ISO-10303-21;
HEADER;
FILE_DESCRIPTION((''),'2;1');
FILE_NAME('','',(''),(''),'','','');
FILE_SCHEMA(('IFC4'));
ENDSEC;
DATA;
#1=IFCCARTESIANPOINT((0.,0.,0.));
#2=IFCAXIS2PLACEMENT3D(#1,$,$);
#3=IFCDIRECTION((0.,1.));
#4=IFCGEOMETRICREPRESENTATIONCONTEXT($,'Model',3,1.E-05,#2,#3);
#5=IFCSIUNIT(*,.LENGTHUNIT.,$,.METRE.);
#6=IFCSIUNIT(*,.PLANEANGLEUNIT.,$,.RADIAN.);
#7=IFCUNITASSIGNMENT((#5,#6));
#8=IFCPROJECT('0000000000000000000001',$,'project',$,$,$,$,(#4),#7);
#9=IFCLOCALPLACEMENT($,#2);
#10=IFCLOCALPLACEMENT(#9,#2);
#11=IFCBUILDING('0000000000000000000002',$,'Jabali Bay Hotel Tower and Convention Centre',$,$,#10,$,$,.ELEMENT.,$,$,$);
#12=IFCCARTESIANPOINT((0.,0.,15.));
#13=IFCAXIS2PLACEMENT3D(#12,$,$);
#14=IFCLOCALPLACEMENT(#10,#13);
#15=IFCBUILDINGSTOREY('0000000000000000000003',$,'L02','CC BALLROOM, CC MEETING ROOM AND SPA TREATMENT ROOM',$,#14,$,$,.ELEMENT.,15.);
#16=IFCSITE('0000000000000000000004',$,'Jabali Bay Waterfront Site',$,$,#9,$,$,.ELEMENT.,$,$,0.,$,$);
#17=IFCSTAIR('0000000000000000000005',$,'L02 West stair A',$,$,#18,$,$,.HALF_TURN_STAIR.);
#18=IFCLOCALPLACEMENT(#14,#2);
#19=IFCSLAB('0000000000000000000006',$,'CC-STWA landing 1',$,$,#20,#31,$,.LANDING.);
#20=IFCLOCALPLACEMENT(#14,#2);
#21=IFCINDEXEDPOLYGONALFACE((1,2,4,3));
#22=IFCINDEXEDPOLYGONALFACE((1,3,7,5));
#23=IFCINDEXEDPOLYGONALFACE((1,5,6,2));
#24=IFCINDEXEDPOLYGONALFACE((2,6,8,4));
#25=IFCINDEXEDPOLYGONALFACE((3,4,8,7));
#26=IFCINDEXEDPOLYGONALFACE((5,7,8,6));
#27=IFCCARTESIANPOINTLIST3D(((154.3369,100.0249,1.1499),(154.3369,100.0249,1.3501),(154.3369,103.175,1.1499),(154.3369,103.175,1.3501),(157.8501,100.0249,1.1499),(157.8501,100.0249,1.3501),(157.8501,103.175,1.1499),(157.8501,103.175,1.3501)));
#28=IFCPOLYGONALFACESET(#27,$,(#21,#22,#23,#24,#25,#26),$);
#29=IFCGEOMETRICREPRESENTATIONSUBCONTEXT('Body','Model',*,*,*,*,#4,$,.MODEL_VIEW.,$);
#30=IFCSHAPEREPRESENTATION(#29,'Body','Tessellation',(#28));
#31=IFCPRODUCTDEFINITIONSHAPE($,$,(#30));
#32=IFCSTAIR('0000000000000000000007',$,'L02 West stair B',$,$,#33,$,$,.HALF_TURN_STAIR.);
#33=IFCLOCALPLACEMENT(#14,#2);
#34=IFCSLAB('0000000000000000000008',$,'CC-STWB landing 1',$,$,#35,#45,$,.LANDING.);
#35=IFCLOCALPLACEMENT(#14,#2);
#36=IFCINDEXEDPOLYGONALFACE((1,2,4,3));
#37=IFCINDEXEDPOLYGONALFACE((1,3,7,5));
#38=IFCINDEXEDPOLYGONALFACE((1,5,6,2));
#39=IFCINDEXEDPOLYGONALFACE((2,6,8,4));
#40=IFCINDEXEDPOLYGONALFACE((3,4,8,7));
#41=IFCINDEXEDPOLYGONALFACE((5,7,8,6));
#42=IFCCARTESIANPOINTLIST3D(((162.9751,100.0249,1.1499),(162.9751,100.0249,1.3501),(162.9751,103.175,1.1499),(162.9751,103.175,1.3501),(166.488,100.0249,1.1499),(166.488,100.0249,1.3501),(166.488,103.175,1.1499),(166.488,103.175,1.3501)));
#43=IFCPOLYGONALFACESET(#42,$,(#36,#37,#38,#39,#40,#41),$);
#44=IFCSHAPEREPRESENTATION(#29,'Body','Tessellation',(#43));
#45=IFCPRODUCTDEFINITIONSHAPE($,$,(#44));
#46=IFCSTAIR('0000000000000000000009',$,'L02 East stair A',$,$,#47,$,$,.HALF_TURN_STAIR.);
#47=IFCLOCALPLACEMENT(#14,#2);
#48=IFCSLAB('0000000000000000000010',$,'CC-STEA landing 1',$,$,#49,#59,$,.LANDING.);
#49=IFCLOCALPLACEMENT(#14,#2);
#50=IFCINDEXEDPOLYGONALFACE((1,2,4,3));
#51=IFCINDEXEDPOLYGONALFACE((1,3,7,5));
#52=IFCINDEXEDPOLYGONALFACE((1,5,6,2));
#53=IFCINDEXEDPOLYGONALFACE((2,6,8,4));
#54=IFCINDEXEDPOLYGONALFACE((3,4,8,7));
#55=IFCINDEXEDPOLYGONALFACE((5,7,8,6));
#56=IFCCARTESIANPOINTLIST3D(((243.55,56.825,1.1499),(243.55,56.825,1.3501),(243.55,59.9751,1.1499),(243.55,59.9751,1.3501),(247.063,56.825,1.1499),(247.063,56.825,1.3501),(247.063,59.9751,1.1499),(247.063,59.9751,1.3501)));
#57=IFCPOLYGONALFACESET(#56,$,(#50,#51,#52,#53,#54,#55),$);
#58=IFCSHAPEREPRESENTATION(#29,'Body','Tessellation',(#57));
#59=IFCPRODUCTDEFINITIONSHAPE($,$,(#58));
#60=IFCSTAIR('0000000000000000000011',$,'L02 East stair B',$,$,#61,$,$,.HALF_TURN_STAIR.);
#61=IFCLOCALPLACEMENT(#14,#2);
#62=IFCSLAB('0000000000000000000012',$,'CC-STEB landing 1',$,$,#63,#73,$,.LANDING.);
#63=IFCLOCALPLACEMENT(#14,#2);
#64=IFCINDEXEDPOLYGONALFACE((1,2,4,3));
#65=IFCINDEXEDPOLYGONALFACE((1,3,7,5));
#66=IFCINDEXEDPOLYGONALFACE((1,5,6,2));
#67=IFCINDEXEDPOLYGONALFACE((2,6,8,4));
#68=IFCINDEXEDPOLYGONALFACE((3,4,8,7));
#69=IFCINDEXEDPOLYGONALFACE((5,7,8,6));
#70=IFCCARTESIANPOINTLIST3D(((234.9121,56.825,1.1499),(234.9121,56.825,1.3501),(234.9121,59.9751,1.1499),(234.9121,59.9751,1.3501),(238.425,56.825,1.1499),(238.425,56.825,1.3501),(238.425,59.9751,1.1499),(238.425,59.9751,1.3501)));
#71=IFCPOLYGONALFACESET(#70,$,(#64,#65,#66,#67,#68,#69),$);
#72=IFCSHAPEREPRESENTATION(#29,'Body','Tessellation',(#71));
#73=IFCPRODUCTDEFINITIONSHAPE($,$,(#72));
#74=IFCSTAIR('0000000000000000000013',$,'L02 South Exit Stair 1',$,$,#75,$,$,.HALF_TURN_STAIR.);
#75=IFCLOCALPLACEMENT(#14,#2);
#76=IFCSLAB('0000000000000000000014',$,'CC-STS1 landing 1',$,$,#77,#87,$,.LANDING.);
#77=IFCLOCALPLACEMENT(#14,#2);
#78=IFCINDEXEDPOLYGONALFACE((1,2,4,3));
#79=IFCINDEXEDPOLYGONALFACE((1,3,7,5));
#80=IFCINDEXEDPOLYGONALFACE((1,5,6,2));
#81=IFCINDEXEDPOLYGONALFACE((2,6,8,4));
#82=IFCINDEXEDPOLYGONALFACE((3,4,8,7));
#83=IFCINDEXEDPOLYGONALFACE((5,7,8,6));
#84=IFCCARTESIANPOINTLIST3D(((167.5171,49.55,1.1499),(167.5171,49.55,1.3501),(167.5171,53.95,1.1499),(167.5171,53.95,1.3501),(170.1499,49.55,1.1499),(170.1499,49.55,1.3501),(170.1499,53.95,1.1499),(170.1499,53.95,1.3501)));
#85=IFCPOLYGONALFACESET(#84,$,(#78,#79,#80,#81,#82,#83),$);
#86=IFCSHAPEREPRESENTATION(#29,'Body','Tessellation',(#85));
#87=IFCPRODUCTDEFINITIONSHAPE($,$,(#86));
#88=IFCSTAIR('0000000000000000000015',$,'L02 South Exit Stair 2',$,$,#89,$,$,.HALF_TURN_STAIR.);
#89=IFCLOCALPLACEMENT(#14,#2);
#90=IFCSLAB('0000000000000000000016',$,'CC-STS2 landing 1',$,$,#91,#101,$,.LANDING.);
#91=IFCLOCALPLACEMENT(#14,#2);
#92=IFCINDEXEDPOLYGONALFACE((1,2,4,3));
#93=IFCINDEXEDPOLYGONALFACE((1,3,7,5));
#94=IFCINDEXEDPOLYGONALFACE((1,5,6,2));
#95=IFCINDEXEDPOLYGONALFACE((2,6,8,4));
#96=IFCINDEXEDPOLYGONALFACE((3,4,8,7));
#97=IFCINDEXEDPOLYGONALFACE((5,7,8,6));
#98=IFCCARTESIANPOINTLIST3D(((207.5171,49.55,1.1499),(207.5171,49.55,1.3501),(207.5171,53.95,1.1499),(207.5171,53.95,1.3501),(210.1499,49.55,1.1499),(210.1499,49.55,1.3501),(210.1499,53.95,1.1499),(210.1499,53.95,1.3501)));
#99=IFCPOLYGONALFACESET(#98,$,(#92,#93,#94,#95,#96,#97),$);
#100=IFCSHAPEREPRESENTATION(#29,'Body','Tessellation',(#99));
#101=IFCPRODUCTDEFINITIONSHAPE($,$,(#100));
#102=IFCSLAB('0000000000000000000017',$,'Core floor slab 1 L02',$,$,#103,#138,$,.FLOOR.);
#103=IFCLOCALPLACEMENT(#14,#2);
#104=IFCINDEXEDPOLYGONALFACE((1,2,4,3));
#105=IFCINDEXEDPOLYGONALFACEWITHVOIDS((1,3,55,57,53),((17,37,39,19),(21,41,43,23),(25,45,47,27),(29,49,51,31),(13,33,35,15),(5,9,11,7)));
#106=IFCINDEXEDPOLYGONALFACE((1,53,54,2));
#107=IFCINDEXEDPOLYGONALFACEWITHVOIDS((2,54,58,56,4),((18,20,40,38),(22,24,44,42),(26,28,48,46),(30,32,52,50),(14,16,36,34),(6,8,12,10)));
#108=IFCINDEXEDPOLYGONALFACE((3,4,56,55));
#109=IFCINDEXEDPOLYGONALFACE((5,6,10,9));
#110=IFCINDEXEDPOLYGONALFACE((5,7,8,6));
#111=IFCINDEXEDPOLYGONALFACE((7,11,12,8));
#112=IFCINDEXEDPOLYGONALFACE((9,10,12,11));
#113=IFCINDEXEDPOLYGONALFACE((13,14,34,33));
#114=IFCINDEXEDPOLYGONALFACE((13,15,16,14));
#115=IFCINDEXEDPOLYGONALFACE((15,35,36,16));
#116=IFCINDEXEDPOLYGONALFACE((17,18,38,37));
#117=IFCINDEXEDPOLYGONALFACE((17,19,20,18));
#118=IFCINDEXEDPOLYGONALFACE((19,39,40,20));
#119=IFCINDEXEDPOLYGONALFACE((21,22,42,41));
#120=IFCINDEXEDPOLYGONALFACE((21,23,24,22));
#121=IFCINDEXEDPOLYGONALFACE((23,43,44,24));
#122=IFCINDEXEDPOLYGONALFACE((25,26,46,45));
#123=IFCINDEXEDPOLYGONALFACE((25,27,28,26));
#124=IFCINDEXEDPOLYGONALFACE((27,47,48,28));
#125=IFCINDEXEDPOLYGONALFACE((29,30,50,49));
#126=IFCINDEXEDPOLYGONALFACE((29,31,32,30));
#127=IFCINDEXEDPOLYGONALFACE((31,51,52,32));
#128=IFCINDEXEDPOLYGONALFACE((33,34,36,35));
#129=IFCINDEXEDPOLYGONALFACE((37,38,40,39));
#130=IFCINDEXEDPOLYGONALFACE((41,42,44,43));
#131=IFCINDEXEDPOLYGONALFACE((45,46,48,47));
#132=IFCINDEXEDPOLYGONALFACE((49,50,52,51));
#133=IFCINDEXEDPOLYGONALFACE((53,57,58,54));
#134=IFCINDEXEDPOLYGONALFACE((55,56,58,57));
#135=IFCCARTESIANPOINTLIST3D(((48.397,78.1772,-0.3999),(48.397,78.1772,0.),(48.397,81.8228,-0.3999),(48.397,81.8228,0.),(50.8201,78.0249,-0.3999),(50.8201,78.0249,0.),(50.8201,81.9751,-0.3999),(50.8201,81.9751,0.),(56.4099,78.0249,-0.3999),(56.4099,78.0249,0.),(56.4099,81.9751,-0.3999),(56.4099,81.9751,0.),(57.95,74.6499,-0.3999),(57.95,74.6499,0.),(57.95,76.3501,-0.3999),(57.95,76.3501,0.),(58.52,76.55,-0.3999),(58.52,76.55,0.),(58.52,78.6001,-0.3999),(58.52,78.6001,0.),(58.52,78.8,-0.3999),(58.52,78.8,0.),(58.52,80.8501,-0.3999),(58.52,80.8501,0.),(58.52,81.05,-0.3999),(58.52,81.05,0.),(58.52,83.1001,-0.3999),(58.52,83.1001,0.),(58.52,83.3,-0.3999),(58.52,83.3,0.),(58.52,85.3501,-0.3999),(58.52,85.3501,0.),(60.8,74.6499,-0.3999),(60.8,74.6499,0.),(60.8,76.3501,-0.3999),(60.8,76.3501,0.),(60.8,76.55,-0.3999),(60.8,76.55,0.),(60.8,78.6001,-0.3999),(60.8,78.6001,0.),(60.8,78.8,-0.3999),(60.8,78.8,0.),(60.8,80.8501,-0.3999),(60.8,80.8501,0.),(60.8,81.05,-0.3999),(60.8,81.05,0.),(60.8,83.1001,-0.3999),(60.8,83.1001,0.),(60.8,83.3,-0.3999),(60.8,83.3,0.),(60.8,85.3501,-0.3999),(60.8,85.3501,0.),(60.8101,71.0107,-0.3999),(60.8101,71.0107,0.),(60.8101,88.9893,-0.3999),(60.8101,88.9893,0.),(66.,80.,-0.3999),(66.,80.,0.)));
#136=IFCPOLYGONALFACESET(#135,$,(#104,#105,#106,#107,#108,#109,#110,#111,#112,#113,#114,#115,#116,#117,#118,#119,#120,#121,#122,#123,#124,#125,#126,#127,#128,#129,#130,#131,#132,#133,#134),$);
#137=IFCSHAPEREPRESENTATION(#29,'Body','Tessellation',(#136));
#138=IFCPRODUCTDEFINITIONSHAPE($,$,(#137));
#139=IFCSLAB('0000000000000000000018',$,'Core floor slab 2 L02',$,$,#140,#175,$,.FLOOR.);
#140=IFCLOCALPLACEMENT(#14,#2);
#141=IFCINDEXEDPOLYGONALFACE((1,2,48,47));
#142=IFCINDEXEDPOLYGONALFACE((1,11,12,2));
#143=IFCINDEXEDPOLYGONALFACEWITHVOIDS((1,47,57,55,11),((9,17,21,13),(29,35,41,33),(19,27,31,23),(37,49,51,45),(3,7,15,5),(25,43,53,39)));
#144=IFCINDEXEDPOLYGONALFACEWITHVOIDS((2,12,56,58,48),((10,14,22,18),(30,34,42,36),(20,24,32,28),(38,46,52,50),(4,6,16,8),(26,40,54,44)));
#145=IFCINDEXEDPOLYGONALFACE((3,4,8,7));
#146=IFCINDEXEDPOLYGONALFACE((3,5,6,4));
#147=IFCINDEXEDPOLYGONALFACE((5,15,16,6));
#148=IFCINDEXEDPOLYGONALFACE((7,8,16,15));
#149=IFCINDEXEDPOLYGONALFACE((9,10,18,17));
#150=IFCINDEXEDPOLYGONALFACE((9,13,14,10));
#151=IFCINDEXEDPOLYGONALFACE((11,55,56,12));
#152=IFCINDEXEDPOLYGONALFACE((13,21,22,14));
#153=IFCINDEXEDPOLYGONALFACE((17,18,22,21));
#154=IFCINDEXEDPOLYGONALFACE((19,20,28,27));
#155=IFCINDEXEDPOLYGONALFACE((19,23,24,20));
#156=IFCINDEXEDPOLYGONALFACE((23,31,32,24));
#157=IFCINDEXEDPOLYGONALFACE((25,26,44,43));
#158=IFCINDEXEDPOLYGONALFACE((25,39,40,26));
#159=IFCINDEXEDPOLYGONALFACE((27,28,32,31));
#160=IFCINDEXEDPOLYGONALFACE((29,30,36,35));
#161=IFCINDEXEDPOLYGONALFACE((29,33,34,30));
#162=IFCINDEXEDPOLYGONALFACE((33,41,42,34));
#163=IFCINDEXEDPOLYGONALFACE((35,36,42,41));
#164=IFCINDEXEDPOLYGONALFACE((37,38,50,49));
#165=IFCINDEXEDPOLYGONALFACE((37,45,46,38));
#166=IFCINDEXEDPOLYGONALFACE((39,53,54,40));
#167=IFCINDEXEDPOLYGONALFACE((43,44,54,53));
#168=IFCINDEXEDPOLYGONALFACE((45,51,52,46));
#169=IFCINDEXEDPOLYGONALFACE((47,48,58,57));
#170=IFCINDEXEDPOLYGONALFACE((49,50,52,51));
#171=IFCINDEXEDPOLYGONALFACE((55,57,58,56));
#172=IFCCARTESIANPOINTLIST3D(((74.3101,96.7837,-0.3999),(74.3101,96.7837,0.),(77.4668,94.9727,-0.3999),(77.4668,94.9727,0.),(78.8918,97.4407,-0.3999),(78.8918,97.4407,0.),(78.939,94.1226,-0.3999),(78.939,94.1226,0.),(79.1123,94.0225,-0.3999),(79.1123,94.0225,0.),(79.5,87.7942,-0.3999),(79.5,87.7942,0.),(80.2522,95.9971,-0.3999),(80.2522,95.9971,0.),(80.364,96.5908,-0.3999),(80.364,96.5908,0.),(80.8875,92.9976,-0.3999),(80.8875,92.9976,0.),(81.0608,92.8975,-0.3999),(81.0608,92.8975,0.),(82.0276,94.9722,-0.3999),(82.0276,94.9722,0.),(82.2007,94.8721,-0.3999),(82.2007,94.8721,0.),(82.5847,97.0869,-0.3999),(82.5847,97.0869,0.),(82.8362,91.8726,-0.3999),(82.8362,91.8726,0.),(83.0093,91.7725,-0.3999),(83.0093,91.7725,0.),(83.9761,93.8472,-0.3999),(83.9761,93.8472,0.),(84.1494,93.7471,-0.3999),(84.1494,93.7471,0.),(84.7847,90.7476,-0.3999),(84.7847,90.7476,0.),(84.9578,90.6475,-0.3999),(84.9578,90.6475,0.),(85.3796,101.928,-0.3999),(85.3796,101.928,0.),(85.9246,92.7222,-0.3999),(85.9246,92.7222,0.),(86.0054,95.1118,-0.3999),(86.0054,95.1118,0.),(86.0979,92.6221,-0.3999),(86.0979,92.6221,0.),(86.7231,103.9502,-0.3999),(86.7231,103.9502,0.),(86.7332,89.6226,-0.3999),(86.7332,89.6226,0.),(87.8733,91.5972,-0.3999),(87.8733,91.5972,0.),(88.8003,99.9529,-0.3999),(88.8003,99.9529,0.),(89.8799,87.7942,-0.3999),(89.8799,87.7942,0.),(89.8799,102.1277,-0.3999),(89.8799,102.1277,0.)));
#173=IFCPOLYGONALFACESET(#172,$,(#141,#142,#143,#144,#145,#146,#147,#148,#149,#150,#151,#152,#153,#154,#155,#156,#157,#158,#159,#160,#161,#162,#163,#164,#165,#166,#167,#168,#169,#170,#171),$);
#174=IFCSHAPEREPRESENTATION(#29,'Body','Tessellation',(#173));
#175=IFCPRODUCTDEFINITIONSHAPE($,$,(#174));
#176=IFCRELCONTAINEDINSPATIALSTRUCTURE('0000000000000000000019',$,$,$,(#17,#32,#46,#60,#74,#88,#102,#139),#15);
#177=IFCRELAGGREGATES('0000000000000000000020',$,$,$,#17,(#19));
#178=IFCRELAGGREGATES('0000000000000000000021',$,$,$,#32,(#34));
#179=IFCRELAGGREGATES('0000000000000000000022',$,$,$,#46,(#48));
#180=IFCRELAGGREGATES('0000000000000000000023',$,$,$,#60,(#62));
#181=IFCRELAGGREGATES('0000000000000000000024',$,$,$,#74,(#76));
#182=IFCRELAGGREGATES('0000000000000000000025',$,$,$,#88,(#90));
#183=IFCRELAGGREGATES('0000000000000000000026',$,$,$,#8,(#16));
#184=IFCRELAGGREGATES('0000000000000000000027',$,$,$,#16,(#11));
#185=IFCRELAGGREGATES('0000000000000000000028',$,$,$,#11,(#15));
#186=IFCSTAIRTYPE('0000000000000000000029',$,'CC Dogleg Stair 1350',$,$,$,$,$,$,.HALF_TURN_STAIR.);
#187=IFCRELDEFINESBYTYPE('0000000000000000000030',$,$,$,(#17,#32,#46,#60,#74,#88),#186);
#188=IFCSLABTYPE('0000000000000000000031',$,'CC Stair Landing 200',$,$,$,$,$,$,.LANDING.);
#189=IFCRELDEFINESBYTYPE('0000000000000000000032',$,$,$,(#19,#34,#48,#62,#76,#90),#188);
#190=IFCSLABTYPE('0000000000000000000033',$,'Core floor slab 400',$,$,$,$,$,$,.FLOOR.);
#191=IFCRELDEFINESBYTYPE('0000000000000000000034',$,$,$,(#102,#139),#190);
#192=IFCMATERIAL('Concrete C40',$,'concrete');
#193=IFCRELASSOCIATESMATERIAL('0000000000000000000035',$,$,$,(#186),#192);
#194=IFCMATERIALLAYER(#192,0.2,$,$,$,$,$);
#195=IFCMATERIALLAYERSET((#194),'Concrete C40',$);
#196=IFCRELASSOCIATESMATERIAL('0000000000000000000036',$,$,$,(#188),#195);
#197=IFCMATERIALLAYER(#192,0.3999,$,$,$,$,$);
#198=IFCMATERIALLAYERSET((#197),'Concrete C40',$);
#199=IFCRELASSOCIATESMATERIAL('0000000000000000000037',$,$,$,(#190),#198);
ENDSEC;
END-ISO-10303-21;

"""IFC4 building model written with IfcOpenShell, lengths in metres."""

from ifc_helpers import new_model, si_unit, direction, frame, origin, place, context, subcontext, project, spatial, polyline, outline, extrude, material, layer, layer_set, type_object, element, aggregate, save


model = new_model("IFC4")

# Units and contexts
model_context = context("Model", 3, precision=1e-05, world=origin(), true_north=direction((0.0, 1.0)))
body_context = subcontext(model_context, "Body", "Model", "MODEL_VIEW")
ifc_project = project(units=[si_unit("LENGTHUNIT", "METRE"), si_unit("PLANEANGLEUNIT", "RADIAN")], contexts=[model_context])

# Site, building, storey
site_placement = place(None, origin())
site = spatial("IfcSite", under=ifc_project, at=site_placement, Name="Jabali Bay Waterfront Site", CompositionType="ELEMENT", RefElevation=0.0)
building_placement = place(site_placement, origin())
building = spatial("IfcBuilding", under=site, at=building_placement, Name="Jabali Bay Hotel Tower and Convention Centre", CompositionType="ELEMENT")
storey_placement = place(building_placement, frame((0.0, 0.0, 15.0)))
storey = spatial("IfcBuildingStorey", under=building, at=storey_placement, Name="L02", Description="CC BALLROOM, CC MEETING ROOM AND SPA TREATMENT ROOM", CompositionType="ELEMENT", Elevation=15.0)

# Stairs, slabs
ifc_material = material(Name="Concrete C40", Category="concrete")
stair_type_1 = type_object("IfcStairType", Name="CC Dogleg Stair 1350", PredefinedType="HALF_TURN_STAIR", material=ifc_material)
stair_1_placement = place(storey_placement, origin())
stair_1 = element("IfcStair", 1, at=stair_1_placement, inside=storey, type_object=stair_type_1, Name="L02 West stair A", PredefinedType="HALF_TURN_STAIR")
ifc_layer_1 = layer(ifc_material, 0.2)
ifc_layer_set_1 = layer_set([ifc_layer_1], Name="Concrete C40")
slab_type_1 = type_object("IfcSlabType", Name="CC Stair Landing 200", PredefinedType="LANDING", material=ifc_layer_set_1)
slab_1_placement = place(storey_placement, frame((0.0, 0.0, 1.1499)))
slab_1 = element("IfcSlab", 2, at=slab_1_placement, type_object=slab_type_1, Name="CC-STWA landing 1", PredefinedType="LANDING", context=body_context, shape_type="SweptSolid", body=[
    extrude(outline(polyline([(154.3369, 100.0249), (157.8501, 100.0249), (157.8501, 103.175), (154.3369, 103.175), (154.3369, 100.0249)])), origin(), (0.0, 0.0, 1.0), 0.2002),
])
aggregate(stair_1, [slab_1])
stair_2_placement = place(storey_placement, origin())
stair_2 = element("IfcStair", 3, at=stair_2_placement, inside=storey, type_object=stair_type_1, Name="L02 West stair B", PredefinedType="HALF_TURN_STAIR")
slab_2_placement = place(storey_placement, frame((0.0, 0.0, 1.1499)))
slab_2 = element("IfcSlab", 4, at=slab_2_placement, type_object=slab_type_1, Name="CC-STWB landing 1", PredefinedType="LANDING", context=body_context, shape_type="SweptSolid", body=[
    extrude(outline(polyline([(162.9751, 100.0249), (166.488, 100.0249), (166.488, 103.175), (162.9751, 103.175), (162.9751, 100.0249)])), origin(), (0.0, 0.0, 1.0), 0.2002),
])
aggregate(stair_2, [slab_2])
stair_3_placement = place(storey_placement, origin())
stair_3 = element("IfcStair", 5, at=stair_3_placement, inside=storey, type_object=stair_type_1, Name="L02 East stair A", PredefinedType="HALF_TURN_STAIR")
slab_3_placement = place(storey_placement, frame((0.0, 0.0, 1.1499)))
slab_3 = element("IfcSlab", 6, at=slab_3_placement, type_object=slab_type_1, Name="CC-STEA landing 1", PredefinedType="LANDING", context=body_context, shape_type="SweptSolid", body=[
    extrude(outline(polyline([(243.55, 56.825), (247.063, 56.825), (247.063, 59.9751), (243.55, 59.9751), (243.55, 56.825)])), origin(), (0.0, 0.0, 1.0), 0.2002),
])
aggregate(stair_3, [slab_3])
stair_4_placement = place(storey_placement, origin())
stair_4 = element("IfcStair", 7, at=stair_4_placement, inside=storey, type_object=stair_type_1, Name="L02 East stair B", PredefinedType="HALF_TURN_STAIR")
slab_4_placement = place(storey_placement, frame((0.0, 0.0, 1.1499)))
slab_4 = element("IfcSlab", 8, at=slab_4_placement, type_object=slab_type_1, Name="CC-STEB landing 1", PredefinedType="LANDING", context=body_context, shape_type="SweptSolid", body=[
    extrude(outline(polyline([(234.9121, 56.825), (238.425, 56.825), (238.425, 59.9751), (234.9121, 59.9751), (234.9121, 56.825)])), origin(), (0.0, 0.0, 1.0), 0.2002),
])
aggregate(stair_4, [slab_4])
stair_5_placement = place(storey_placement, origin())
stair_5 = element("IfcStair", 9, at=stair_5_placement, inside=storey, type_object=stair_type_1, Name="L02 South Exit Stair 1", PredefinedType="HALF_TURN_STAIR")
slab_5_placement = place(storey_placement, frame((0.0, 0.0, 1.1499)))
slab_5 = element("IfcSlab", 10, at=slab_5_placement, type_object=slab_type_1, Name="CC-STS1 landing 1", PredefinedType="LANDING", context=body_context, shape_type="SweptSolid", body=[
    extrude(outline(polyline([(167.5171, 49.55), (170.1499, 49.55), (170.1499, 53.95), (167.5171, 53.95), (167.5171, 49.55)])), origin(), (0.0, 0.0, 1.0), 0.2002),
])
aggregate(stair_5, [slab_5])
stair_6_placement = place(storey_placement, origin())
stair_6 = element("IfcStair", 11, at=stair_6_placement, inside=storey, type_object=stair_type_1, Name="L02 South Exit Stair 2", PredefinedType="HALF_TURN_STAIR")
slab_6_placement = place(storey_placement, frame((0.0, 0.0, 1.1499)))
slab_6 = element("IfcSlab", 12, at=slab_6_placement, type_object=slab_type_1, Name="CC-STS2 landing 1", PredefinedType="LANDING", context=body_context, shape_type="SweptSolid", body=[
    extrude(outline(polyline([(207.5171, 49.55), (210.1499, 49.55), (210.1499, 53.95), (207.5171, 53.95), (207.5171, 49.55)])), origin(), (0.0, 0.0, 1.0), 0.2002),
])
aggregate(stair_6, [slab_6])

# Slabs
ifc_layer_2 = layer(ifc_material, 0.3999)
ifc_layer_set_2 = layer_set([ifc_layer_2], Name="Concrete C40")
slab_type_2 = type_object("IfcSlabType", Name="Core floor slab 400", PredefinedType="FLOOR", material=ifc_layer_set_2)
slab_7_placement = place(storey_placement, frame((0.0, 0.0, -0.3999)))
element("IfcSlab", 13, at=slab_7_placement, inside=storey, type_object=slab_type_2, Name="Core floor slab 1 L02", PredefinedType="FLOOR", context=body_context, shape_type="SweptSolid", body=[
    extrude(outline(polyline([(66.0, 80.0), (60.8101, 88.9893), (48.397, 81.8228), (48.397, 78.1772), (60.8101, 71.0107), (66.0, 80.0)]), holes=[polyline([(60.8, 74.6499), (60.8, 76.3501), (57.95, 76.3501), (57.95, 74.6499), (60.8, 74.6499)]), polyline([(58.52, 76.55), (60.8, 76.55), (60.8, 78.6001), (58.52, 78.6001), (58.52, 76.55)]), polyline([(58.52, 78.8), (60.8, 78.8), (60.8, 80.8501), (58.52, 80.8501), (58.52, 78.8)]), polyline([(56.4099, 81.9751), (50.8201, 81.9751), (50.8201, 78.0249), (56.4099, 78.0249), (56.4099, 81.9751)]), polyline([(58.52, 81.05), (60.8, 81.05), (60.8, 83.1001), (58.52, 83.1001), (58.52, 81.05)]), polyline([(58.52, 83.3), (60.8, 83.3), (60.8, 85.3501), (58.52, 85.3501), (58.52, 83.3)])]), origin(), (0.0, 0.0, 1.0), 0.3999),
])
slab_8_placement = place(storey_placement, frame((0.0, 0.0, -0.3999)))
element("IfcSlab", 14, at=slab_8_placement, inside=storey, type_object=slab_type_2, Name="Core floor slab 2 L02", PredefinedType="FLOOR", context=body_context, shape_type="SweptSolid", body=[
    extrude(outline(polyline([(79.5, 87.7942), (89.8799, 87.7942), (89.8799, 102.1277), (86.7231, 103.9502), (74.3101, 96.7837), (79.5, 87.7942)]), holes=[polyline([(84.9578, 90.6475), (86.7332, 89.6226), (87.8733, 91.5972), (86.0979, 92.6221), (84.9578, 90.6475)]), polyline([(84.1494, 93.7471), (83.0093, 91.7725), (84.7847, 90.7476), (85.9246, 92.7222), (84.1494, 93.7471)]), polyline([(82.2007, 94.8721), (81.0608, 92.8975), (82.8362, 91.8726), (83.9761, 93.8472), (82.2007, 94.8721)]), polyline([(79.1123, 94.0225), (80.8875, 92.9976), (82.0276, 94.9722), (80.2522, 95.9971), (79.1123, 94.0225)]), polyline([(78.8918, 97.4407), (77.4668, 94.9727), (78.939, 94.1226), (80.364, 96.5908), (78.8918, 97.4407)]), polyline([(82.5847, 97.0869), (86.0054, 95.1118), (88.8003, 99.9529), (85.3796, 101.928), (82.5847, 97.0869)])]), origin(), (0.0, 0.0, 1.0), 0.3999),
])

save(model, "model.ifc")
